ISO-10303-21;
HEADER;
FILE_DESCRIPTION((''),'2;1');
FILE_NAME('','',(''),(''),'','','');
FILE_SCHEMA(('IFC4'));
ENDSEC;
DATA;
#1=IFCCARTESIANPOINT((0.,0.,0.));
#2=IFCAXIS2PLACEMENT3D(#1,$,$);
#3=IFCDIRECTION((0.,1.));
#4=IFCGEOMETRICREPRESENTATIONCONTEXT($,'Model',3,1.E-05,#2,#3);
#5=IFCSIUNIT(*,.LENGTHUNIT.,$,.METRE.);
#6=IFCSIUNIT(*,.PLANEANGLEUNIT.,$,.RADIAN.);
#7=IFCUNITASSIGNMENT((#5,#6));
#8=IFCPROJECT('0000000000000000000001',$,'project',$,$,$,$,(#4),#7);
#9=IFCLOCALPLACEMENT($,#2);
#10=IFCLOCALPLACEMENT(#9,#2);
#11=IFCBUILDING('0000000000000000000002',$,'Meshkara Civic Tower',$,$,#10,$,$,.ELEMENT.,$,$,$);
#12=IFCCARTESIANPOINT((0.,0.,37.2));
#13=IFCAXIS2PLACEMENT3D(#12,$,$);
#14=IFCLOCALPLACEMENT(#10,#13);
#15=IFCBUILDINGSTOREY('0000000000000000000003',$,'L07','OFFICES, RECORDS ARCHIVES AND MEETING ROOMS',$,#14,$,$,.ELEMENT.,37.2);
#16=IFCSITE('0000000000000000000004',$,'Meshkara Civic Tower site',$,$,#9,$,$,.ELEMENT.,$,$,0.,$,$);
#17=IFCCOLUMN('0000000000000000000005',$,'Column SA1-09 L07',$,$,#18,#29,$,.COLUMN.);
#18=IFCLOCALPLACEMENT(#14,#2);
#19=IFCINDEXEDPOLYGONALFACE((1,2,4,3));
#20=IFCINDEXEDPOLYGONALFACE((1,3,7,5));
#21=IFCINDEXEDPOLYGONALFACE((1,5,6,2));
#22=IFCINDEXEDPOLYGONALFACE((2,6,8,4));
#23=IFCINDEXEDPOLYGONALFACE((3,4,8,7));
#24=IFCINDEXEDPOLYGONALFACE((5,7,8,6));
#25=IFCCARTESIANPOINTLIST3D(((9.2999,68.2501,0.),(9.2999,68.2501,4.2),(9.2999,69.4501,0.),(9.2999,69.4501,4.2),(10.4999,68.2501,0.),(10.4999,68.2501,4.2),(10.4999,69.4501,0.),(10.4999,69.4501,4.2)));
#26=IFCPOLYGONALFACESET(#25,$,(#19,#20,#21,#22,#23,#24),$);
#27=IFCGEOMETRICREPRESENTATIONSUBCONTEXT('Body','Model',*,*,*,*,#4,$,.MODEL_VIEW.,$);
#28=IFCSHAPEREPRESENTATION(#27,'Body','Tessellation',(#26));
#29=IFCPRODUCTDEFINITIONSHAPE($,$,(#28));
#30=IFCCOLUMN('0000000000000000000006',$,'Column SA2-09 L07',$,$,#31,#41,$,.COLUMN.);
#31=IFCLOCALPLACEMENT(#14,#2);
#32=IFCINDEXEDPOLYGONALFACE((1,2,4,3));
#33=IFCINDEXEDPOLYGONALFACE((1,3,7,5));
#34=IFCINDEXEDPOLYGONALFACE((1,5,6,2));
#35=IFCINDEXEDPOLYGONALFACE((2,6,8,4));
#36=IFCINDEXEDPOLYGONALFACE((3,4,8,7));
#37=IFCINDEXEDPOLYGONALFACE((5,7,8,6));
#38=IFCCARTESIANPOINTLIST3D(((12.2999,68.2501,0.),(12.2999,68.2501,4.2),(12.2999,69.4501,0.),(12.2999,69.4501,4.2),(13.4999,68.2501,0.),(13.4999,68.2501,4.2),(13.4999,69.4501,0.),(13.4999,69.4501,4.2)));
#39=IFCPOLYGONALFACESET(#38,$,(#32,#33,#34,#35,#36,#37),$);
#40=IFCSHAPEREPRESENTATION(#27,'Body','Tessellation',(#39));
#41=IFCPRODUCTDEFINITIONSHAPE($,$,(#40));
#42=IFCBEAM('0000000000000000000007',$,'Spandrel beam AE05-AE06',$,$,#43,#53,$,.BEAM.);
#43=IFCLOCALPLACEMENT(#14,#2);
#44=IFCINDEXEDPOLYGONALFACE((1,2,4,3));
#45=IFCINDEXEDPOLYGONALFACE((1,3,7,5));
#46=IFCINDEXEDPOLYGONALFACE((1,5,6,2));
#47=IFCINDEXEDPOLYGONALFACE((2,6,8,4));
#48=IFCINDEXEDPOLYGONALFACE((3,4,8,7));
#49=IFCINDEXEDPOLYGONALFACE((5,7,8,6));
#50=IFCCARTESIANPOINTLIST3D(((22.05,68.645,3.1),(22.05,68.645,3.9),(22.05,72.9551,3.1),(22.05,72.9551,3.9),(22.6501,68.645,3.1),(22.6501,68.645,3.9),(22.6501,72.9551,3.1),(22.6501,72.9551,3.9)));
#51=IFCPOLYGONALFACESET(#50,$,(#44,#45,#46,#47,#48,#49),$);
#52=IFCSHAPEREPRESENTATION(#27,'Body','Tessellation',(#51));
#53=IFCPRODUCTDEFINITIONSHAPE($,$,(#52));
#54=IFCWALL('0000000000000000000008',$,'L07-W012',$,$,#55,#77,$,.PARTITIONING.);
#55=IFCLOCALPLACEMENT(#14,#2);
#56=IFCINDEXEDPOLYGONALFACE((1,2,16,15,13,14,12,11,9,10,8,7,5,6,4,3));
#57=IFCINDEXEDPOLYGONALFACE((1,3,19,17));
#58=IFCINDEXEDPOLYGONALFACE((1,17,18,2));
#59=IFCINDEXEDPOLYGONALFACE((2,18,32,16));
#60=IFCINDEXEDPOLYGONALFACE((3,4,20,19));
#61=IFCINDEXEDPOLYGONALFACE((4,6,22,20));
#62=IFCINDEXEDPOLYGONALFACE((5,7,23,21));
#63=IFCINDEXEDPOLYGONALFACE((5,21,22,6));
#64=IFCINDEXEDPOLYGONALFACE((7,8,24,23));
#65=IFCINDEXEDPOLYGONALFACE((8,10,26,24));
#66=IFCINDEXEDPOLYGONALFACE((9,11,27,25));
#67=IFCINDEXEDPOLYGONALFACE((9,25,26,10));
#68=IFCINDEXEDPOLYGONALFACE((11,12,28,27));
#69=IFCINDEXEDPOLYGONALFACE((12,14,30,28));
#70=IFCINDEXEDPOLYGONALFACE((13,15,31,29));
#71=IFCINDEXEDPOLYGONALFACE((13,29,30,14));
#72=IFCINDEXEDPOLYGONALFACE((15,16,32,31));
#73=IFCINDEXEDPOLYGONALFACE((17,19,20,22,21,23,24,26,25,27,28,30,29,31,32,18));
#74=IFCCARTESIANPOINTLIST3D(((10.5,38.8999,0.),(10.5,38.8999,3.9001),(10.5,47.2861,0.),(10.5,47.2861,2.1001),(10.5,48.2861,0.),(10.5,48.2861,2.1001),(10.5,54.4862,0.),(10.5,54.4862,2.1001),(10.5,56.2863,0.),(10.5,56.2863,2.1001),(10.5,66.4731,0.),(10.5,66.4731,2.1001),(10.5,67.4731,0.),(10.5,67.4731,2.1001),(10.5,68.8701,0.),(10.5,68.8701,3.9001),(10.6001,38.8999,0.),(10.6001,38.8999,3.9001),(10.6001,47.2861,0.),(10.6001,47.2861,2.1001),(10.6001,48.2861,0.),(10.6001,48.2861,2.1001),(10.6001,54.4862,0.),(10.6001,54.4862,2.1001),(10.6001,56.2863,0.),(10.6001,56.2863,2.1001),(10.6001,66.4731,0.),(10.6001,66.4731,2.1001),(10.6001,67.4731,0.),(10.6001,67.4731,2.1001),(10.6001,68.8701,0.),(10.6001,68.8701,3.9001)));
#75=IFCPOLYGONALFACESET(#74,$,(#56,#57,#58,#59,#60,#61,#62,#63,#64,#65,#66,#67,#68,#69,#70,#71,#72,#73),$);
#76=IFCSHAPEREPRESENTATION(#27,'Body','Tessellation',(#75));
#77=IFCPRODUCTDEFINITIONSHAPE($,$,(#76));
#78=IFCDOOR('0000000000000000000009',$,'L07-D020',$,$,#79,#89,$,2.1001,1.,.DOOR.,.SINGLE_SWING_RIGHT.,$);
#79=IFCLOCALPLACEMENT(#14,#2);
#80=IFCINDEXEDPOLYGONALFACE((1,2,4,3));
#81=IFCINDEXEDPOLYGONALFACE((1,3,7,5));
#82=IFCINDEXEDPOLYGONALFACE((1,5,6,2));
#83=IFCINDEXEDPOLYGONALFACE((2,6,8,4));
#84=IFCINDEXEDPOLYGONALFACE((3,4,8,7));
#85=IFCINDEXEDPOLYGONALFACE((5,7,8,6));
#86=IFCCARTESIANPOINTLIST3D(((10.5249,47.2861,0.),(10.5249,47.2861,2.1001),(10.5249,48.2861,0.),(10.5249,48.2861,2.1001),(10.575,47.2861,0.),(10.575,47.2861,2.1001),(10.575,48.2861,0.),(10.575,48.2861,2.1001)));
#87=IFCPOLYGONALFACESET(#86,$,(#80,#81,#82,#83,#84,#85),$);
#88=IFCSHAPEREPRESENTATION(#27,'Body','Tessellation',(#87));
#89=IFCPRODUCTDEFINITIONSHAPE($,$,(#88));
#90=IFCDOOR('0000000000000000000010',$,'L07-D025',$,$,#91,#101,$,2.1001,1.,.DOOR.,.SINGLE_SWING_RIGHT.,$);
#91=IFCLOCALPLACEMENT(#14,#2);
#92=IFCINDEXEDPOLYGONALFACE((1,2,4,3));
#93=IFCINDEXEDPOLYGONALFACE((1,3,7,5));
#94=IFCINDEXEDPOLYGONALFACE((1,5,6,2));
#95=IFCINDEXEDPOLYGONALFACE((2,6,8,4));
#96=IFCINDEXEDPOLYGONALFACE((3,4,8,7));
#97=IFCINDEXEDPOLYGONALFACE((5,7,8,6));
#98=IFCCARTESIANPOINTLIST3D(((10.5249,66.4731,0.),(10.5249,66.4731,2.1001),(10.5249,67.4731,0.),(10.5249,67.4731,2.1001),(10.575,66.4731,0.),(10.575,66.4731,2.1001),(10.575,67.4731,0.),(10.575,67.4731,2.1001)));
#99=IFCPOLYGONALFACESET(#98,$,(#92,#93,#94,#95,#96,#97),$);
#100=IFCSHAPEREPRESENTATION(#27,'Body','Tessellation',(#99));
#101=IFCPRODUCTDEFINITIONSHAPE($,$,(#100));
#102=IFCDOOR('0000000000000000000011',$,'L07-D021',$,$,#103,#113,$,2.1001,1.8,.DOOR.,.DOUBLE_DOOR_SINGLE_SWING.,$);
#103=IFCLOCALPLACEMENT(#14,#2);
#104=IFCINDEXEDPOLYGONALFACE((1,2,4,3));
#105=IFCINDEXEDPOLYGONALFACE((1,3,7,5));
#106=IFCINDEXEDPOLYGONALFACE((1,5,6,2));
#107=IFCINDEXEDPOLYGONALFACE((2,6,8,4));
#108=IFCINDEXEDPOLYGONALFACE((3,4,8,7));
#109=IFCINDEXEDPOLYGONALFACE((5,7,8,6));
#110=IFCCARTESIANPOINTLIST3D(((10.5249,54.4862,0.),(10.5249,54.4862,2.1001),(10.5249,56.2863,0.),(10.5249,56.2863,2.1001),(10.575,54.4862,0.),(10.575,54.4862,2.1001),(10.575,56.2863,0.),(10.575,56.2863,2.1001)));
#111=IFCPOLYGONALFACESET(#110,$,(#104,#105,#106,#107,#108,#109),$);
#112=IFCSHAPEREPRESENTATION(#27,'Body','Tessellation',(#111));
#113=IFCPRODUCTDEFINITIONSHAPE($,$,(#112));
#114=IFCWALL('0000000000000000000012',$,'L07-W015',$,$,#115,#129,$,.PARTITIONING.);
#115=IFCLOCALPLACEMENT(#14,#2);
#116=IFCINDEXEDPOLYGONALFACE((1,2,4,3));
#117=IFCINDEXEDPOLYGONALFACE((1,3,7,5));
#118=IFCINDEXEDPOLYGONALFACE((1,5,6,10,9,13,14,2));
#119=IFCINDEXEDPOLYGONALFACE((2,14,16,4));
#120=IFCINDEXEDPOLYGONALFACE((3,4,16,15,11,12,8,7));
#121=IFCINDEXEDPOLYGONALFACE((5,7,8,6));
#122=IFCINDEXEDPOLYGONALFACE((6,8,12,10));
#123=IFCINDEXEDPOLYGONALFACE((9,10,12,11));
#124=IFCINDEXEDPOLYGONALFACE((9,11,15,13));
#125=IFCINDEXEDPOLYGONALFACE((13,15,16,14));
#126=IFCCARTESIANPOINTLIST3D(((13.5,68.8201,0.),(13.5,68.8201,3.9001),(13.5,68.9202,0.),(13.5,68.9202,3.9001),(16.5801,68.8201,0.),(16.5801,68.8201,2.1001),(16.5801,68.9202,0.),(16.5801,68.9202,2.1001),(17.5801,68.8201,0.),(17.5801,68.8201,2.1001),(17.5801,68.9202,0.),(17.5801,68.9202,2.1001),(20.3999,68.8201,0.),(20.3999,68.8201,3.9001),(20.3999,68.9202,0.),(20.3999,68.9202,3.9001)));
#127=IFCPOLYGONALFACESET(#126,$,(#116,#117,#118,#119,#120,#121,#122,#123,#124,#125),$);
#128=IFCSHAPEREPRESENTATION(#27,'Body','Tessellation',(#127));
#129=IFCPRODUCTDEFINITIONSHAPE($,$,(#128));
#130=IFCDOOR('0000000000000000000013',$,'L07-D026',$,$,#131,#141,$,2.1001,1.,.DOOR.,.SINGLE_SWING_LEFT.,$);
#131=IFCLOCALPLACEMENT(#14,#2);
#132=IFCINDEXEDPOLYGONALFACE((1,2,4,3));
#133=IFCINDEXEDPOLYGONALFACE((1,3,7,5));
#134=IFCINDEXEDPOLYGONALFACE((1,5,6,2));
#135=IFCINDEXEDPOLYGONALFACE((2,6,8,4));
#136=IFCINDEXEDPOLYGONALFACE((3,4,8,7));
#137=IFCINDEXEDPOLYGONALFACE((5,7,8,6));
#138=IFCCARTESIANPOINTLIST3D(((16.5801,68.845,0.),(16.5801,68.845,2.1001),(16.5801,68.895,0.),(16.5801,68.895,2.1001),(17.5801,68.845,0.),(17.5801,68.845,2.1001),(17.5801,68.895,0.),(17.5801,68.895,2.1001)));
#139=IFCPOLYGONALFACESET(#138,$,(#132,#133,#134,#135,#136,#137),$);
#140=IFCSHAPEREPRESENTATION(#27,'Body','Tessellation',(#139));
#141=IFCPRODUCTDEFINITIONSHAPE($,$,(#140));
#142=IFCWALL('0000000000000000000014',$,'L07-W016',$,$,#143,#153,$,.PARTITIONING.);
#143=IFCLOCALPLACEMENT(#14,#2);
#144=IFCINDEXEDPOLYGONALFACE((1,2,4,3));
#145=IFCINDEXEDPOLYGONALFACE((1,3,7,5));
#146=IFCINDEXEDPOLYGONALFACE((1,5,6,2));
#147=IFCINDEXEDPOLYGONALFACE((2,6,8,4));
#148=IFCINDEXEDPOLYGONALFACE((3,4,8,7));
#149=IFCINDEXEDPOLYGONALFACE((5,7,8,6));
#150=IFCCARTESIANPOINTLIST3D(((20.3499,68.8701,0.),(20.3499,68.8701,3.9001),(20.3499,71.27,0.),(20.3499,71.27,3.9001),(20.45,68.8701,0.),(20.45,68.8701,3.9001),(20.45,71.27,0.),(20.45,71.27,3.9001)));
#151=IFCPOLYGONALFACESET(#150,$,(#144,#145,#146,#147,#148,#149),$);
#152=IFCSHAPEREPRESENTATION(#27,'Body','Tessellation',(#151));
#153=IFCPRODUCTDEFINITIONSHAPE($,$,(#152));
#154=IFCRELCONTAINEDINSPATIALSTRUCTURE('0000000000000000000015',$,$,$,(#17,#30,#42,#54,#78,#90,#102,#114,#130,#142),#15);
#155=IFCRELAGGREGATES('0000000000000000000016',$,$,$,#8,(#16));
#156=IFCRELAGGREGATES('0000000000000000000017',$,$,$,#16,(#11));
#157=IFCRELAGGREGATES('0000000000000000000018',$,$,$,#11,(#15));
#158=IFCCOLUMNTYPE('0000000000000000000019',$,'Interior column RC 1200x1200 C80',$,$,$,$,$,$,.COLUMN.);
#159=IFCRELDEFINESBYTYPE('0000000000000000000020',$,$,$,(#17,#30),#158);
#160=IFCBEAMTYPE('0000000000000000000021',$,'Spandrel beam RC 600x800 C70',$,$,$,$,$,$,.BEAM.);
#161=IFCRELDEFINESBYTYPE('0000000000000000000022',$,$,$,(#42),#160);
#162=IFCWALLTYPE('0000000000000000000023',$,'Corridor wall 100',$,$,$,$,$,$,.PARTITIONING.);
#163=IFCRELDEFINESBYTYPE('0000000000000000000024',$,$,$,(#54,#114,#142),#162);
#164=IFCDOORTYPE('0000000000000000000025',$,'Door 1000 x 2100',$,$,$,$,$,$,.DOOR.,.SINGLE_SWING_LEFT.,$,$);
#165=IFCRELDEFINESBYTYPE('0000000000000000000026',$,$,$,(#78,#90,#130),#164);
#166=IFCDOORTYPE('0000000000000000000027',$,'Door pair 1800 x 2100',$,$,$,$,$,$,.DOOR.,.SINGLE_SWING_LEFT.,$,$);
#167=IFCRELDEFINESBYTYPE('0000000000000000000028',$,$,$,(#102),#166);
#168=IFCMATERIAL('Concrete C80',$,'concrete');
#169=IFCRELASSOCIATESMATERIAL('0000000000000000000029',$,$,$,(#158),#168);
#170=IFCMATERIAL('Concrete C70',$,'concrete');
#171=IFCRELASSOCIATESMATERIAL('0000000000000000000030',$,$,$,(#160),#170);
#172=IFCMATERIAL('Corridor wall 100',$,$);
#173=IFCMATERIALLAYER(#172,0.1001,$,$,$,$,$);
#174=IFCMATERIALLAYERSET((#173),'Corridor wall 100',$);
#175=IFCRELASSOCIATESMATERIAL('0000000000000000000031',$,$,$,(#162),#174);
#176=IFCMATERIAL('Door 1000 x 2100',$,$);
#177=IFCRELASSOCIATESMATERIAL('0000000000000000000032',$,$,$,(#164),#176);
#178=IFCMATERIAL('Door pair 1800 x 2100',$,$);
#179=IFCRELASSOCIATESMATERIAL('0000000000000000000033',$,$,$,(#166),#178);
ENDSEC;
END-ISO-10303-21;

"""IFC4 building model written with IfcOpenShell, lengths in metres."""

from ifc_helpers import new_model, si_unit, direction, frame, frame_2d, origin, origin_2d, place, context, subcontext, project, spatial, rectangle, extrude, material, layer, layer_set, material_profile, profile_set, type_object, element, fill, save


model = new_model("IFC4")

# Units and contexts
model_context = context("Model", 3, precision=1e-05, world=origin(), true_north=direction((0.0, 1.0)))
body_context = subcontext(model_context, "Body", "Model", "MODEL_VIEW")
ifc_project = project(units=[si_unit("LENGTHUNIT", "METRE"), si_unit("PLANEANGLEUNIT", "RADIAN")], contexts=[model_context])

# Site, building, storey
site_placement = place(None, origin())
site = spatial("IfcSite", under=ifc_project, at=site_placement, Name="Meshkara Civic Tower site", CompositionType="ELEMENT", RefElevation=0.0)
building_placement = place(site_placement, origin())
building = spatial("IfcBuilding", under=site, at=building_placement, Name="Meshkara Civic Tower", CompositionType="ELEMENT")
storey_placement = place(building_placement, frame((0.0, 0.0, 37.2)))
storey = spatial("IfcBuildingStorey", under=building, at=storey_placement, Name="L07", Description="OFFICES, RECORDS ARCHIVES AND MEETING ROOMS", CompositionType="ELEMENT", Elevation=37.2)

# Columns
ifc_material_1 = material(Name="Concrete C80", Category="concrete")
ifc_material_profile_1 = material_profile(ifc_material_1, rectangle(XDim=1.2, YDim=1.2, at=origin_2d()))
ifc_profile_set_1 = profile_set([ifc_material_profile_1], Name="Concrete C80")
column_type = type_object("IfcColumnType", Name="Interior column RC 1200x1200 C80", PredefinedType="COLUMN", material=ifc_profile_set_1)
for number, where, z_axis, x_axis, name in (
    (1, (9.8999, 68.8501, 0.0), (0.0, 0.0, 1.0), (1.0, 0.0, 0.0), "Column SA1-09 L07"),
    (2, (12.8999, 68.8501, 0.0), (0.0, 0.0, 1.0), (1.0, 0.0, 0.0), "Column SA2-09 L07"),
):
    element("IfcColumn", number, at=place(storey_placement, frame(where, z_axis=z_axis, x_axis=x_axis)), inside=storey, type_object=column_type, Name=name, PredefinedType="COLUMN", context=body_context, shape_type="SweptSolid", body=[
        extrude(rectangle(XDim=1.2, YDim=1.2, at=origin_2d()), origin(), (0.0, 0.0, 1.0), 4.2),
    ])

# Beam
ifc_material_2 = material(Name="Concrete C70", Category="concrete")
ifc_material_profile_2 = material_profile(ifc_material_2, rectangle(XDim=0.6001, YDim=0.8, at=origin_2d()))
ifc_profile_set_2 = profile_set([ifc_material_profile_2], Name="Concrete C70")
beam_type = type_object("IfcBeamType", Name="Spandrel beam RC 600x800 C70", PredefinedType="BEAM", material=ifc_profile_set_2)
beam_placement = place(storey_placement, frame((22.3501, 68.645, 3.5), z_axis=(0.0, 1.0, 0.0), x_axis=(-1.0, 0.0, 0.0)))
element("IfcBeam", 3, at=beam_placement, inside=storey, type_object=beam_type, Name="Spandrel beam AE05-AE06", PredefinedType="BEAM", context=body_context, shape_type="SweptSolid", body=[
    extrude(rectangle(XDim=0.6001, YDim=0.8, at=origin_2d()), origin(), (0.0, 0.0, 1.0), 4.3101),
])

# Wall, openings, doors
ifc_material_3 = material(Name="Corridor wall 100")
ifc_layer_1 = layer(ifc_material_3, 0.1001)
ifc_layer_set_1 = layer_set([ifc_layer_1], Name="Corridor wall 100")
wall_type_1 = type_object("IfcWallType", Name="Corridor wall 100", PredefinedType="PARTITIONING", material=ifc_layer_set_1)
wall_1_placement = place(storey_placement, frame((10.55, 68.8701, 0.0), z_axis=(0.0, 0.0, 1.0), x_axis=(0.0, -1.0, 0.0)))
wall_1 = element("IfcWall", 4, at=wall_1_placement, inside=storey, type_object=wall_type_1, Name="L07-W012", PredefinedType="PARTITIONING", context=body_context, shape_type="SweptSolid", body=[
    extrude(rectangle(XDim=29.9702, YDim=0.1001, at=frame_2d((14.9851, 0.0))), origin(), (0.0, 0.0, 1.0), 3.9001),
])
opening_1_placement = place(wall_1_placement, frame((20.584, 0.0, 0.0)))
opening_1 = element("IfcOpeningElement", 5, at=opening_1_placement, cuts=wall_1, PredefinedType="OPENING", context=body_context, shape_type="SweptSolid", body=[
    extrude(rectangle(XDim=1.0, YDim=2.1001, at=frame_2d((0.5, 1.05))), frame((0.0, 0.0601, 0.0), z_axis=(0.0, -1.0, 0.0), x_axis=(1.0, 0.0, 0.0)), (0.0, 0.0, 1.0), 0.1201),
])
opening_2_placement = place(wall_1_placement, frame((12.584, 0.0, 0.0)))
opening_2 = element("IfcOpeningElement", 6, at=opening_2_placement, cuts=wall_1, PredefinedType="OPENING", context=body_context, shape_type="SweptSolid", body=[
    extrude(rectangle(XDim=1.8, YDim=2.1001, at=frame_2d((0.8999, 1.05))), frame((0.0, 0.0601, 0.0), z_axis=(0.0, -1.0, 0.0), x_axis=(1.0, 0.0, 0.0)), (0.0, 0.0, 1.0), 0.1201),
])
opening_3_placement = place(wall_1_placement, frame((1.397, 0.0, 0.0)))
opening_3 = element("IfcOpeningElement", 7, at=opening_3_placement, cuts=wall_1, PredefinedType="OPENING", context=body_context, shape_type="SweptSolid", body=[
    extrude(rectangle(XDim=1.0, YDim=2.1001, at=frame_2d((0.5, 1.05))), frame((0.0, 0.0601, 0.0), z_axis=(0.0, -1.0, 0.0), x_axis=(1.0, 0.0, 0.0)), (0.0, 0.0, 1.0), 0.1201),
])
ifc_material_4 = material(Name="Door 1000 x 2100")
door_type_1 = type_object("IfcDoorType", Name="Door 1000 x 2100", OperationType="SINGLE_SWING_LEFT", PredefinedType="DOOR", material=ifc_material_4)
door_1_placement = place(opening_1_placement, origin())
door_1 = element("IfcDoor", 8, at=door_1_placement, inside=storey, type_object=door_type_1, Name="L07-D020", OperationType="SINGLE_SWING_RIGHT", OverallHeight=2.1001, OverallWidth=1.0, PredefinedType="DOOR", context=body_context, shape_type="SweptSolid", body=[
    extrude(rectangle(XDim=1.0, YDim=2.1001, at=frame_2d((0.5, 1.05))), frame((0.0, 0.0249, 0.0), z_axis=(0.0, -1.0, 0.0), x_axis=(1.0, 0.0, 0.0)), (0.0, 0.0, 1.0), 0.05),
])
fill(opening_1, door_1)
door_2_placement = place(opening_3_placement, origin())
door_2 = element("IfcDoor", 9, at=door_2_placement, inside=storey, type_object=door_type_1, Name="L07-D025", OperationType="SINGLE_SWING_RIGHT", OverallHeight=2.1001, OverallWidth=1.0, PredefinedType="DOOR", context=body_context, shape_type="SweptSolid", body=[
    extrude(rectangle(XDim=1.0, YDim=2.1001, at=frame_2d((0.5, 1.05))), frame((0.0, 0.0249, 0.0), z_axis=(0.0, -1.0, 0.0), x_axis=(1.0, 0.0, 0.0)), (0.0, 0.0, 1.0), 0.05),
])
fill(opening_3, door_2)
ifc_material_5 = material(Name="Door pair 1800 x 2100")
door_type_2 = type_object("IfcDoorType", Name="Door pair 1800 x 2100", OperationType="SINGLE_SWING_LEFT", PredefinedType="DOOR", material=ifc_material_5)
door_3_placement = place(opening_2_placement, origin())
door_3 = element("IfcDoor", 10, at=door_3_placement, inside=storey, type_object=door_type_2, Name="L07-D021", OperationType="DOUBLE_DOOR_SINGLE_SWING", OverallHeight=2.1001, OverallWidth=1.8, PredefinedType="DOOR", context=body_context, shape_type="SweptSolid", body=[
    extrude(rectangle(XDim=1.8, YDim=2.1001, at=frame_2d((0.8999, 1.05))), frame((0.0, 0.0249, 0.0), z_axis=(0.0, -1.0, 0.0), x_axis=(1.0, 0.0, 0.0)), (0.0, 0.0, 1.0), 0.05),
])
fill(opening_2, door_3)

# Wall, opening, door
wall_2_placement = place(storey_placement, frame((13.5, 68.8701, 0.0), z_axis=(0.0, 0.0, 1.0), x_axis=(1.0, 0.0, 0.0)))
wall_2 = element("IfcWall", 11, at=wall_2_placement, inside=storey, type_object=wall_type_1, Name="L07-W015", PredefinedType="PARTITIONING", context=body_context, shape_type="SweptSolid", body=[
    extrude(rectangle(XDim=6.8999, YDim=0.1001, at=frame_2d((3.45, 0.0))), origin(), (0.0, 0.0, 1.0), 3.9001),
])
opening_4_placement = place(wall_2_placement, frame((3.0801, 0.0, 0.0)))
opening_4 = element("IfcOpeningElement", 12, at=opening_4_placement, cuts=wall_2, PredefinedType="OPENING", context=body_context, shape_type="SweptSolid", body=[
    extrude(rectangle(XDim=1.0, YDim=2.1001, at=frame_2d((0.5, 1.05))), frame((0.0, 0.0601, 0.0), z_axis=(0.0, -1.0, 0.0), x_axis=(1.0, 0.0, 0.0)), (0.0, 0.0, 1.0), 0.1201),
])
door_4_placement = place(opening_4_placement, origin())
door_4 = element("IfcDoor", 13, at=door_4_placement, inside=storey, type_object=door_type_1, Name="L07-D026", OperationType="SINGLE_SWING_LEFT", OverallHeight=2.1001, OverallWidth=1.0, PredefinedType="DOOR", context=body_context, shape_type="SweptSolid", body=[
    extrude(rectangle(XDim=1.0, YDim=2.1001, at=frame_2d((0.5, 1.05))), frame((0.0, 0.0249, 0.0), z_axis=(0.0, -1.0, 0.0), x_axis=(1.0, 0.0, 0.0)), (0.0, 0.0, 1.0), 0.05),
])
fill(opening_4, door_4)

# Wall
wall_3_placement = place(storey_placement, frame((20.3999, 68.8701, 0.0), z_axis=(0.0, 0.0, 1.0), x_axis=(0.0, 1.0, 0.0)))
element("IfcWall", 14, at=wall_3_placement, inside=storey, type_object=wall_type_1, Name="L07-W016", PredefinedType="PARTITIONING", context=body_context, shape_type="SweptSolid", body=[
    extrude(rectangle(XDim=2.3999, YDim=0.1001, at=frame_2d((1.2, 0.0))), origin(), (0.0, 0.0, 1.0), 3.9001),
])

save(model, "model.ifc")
